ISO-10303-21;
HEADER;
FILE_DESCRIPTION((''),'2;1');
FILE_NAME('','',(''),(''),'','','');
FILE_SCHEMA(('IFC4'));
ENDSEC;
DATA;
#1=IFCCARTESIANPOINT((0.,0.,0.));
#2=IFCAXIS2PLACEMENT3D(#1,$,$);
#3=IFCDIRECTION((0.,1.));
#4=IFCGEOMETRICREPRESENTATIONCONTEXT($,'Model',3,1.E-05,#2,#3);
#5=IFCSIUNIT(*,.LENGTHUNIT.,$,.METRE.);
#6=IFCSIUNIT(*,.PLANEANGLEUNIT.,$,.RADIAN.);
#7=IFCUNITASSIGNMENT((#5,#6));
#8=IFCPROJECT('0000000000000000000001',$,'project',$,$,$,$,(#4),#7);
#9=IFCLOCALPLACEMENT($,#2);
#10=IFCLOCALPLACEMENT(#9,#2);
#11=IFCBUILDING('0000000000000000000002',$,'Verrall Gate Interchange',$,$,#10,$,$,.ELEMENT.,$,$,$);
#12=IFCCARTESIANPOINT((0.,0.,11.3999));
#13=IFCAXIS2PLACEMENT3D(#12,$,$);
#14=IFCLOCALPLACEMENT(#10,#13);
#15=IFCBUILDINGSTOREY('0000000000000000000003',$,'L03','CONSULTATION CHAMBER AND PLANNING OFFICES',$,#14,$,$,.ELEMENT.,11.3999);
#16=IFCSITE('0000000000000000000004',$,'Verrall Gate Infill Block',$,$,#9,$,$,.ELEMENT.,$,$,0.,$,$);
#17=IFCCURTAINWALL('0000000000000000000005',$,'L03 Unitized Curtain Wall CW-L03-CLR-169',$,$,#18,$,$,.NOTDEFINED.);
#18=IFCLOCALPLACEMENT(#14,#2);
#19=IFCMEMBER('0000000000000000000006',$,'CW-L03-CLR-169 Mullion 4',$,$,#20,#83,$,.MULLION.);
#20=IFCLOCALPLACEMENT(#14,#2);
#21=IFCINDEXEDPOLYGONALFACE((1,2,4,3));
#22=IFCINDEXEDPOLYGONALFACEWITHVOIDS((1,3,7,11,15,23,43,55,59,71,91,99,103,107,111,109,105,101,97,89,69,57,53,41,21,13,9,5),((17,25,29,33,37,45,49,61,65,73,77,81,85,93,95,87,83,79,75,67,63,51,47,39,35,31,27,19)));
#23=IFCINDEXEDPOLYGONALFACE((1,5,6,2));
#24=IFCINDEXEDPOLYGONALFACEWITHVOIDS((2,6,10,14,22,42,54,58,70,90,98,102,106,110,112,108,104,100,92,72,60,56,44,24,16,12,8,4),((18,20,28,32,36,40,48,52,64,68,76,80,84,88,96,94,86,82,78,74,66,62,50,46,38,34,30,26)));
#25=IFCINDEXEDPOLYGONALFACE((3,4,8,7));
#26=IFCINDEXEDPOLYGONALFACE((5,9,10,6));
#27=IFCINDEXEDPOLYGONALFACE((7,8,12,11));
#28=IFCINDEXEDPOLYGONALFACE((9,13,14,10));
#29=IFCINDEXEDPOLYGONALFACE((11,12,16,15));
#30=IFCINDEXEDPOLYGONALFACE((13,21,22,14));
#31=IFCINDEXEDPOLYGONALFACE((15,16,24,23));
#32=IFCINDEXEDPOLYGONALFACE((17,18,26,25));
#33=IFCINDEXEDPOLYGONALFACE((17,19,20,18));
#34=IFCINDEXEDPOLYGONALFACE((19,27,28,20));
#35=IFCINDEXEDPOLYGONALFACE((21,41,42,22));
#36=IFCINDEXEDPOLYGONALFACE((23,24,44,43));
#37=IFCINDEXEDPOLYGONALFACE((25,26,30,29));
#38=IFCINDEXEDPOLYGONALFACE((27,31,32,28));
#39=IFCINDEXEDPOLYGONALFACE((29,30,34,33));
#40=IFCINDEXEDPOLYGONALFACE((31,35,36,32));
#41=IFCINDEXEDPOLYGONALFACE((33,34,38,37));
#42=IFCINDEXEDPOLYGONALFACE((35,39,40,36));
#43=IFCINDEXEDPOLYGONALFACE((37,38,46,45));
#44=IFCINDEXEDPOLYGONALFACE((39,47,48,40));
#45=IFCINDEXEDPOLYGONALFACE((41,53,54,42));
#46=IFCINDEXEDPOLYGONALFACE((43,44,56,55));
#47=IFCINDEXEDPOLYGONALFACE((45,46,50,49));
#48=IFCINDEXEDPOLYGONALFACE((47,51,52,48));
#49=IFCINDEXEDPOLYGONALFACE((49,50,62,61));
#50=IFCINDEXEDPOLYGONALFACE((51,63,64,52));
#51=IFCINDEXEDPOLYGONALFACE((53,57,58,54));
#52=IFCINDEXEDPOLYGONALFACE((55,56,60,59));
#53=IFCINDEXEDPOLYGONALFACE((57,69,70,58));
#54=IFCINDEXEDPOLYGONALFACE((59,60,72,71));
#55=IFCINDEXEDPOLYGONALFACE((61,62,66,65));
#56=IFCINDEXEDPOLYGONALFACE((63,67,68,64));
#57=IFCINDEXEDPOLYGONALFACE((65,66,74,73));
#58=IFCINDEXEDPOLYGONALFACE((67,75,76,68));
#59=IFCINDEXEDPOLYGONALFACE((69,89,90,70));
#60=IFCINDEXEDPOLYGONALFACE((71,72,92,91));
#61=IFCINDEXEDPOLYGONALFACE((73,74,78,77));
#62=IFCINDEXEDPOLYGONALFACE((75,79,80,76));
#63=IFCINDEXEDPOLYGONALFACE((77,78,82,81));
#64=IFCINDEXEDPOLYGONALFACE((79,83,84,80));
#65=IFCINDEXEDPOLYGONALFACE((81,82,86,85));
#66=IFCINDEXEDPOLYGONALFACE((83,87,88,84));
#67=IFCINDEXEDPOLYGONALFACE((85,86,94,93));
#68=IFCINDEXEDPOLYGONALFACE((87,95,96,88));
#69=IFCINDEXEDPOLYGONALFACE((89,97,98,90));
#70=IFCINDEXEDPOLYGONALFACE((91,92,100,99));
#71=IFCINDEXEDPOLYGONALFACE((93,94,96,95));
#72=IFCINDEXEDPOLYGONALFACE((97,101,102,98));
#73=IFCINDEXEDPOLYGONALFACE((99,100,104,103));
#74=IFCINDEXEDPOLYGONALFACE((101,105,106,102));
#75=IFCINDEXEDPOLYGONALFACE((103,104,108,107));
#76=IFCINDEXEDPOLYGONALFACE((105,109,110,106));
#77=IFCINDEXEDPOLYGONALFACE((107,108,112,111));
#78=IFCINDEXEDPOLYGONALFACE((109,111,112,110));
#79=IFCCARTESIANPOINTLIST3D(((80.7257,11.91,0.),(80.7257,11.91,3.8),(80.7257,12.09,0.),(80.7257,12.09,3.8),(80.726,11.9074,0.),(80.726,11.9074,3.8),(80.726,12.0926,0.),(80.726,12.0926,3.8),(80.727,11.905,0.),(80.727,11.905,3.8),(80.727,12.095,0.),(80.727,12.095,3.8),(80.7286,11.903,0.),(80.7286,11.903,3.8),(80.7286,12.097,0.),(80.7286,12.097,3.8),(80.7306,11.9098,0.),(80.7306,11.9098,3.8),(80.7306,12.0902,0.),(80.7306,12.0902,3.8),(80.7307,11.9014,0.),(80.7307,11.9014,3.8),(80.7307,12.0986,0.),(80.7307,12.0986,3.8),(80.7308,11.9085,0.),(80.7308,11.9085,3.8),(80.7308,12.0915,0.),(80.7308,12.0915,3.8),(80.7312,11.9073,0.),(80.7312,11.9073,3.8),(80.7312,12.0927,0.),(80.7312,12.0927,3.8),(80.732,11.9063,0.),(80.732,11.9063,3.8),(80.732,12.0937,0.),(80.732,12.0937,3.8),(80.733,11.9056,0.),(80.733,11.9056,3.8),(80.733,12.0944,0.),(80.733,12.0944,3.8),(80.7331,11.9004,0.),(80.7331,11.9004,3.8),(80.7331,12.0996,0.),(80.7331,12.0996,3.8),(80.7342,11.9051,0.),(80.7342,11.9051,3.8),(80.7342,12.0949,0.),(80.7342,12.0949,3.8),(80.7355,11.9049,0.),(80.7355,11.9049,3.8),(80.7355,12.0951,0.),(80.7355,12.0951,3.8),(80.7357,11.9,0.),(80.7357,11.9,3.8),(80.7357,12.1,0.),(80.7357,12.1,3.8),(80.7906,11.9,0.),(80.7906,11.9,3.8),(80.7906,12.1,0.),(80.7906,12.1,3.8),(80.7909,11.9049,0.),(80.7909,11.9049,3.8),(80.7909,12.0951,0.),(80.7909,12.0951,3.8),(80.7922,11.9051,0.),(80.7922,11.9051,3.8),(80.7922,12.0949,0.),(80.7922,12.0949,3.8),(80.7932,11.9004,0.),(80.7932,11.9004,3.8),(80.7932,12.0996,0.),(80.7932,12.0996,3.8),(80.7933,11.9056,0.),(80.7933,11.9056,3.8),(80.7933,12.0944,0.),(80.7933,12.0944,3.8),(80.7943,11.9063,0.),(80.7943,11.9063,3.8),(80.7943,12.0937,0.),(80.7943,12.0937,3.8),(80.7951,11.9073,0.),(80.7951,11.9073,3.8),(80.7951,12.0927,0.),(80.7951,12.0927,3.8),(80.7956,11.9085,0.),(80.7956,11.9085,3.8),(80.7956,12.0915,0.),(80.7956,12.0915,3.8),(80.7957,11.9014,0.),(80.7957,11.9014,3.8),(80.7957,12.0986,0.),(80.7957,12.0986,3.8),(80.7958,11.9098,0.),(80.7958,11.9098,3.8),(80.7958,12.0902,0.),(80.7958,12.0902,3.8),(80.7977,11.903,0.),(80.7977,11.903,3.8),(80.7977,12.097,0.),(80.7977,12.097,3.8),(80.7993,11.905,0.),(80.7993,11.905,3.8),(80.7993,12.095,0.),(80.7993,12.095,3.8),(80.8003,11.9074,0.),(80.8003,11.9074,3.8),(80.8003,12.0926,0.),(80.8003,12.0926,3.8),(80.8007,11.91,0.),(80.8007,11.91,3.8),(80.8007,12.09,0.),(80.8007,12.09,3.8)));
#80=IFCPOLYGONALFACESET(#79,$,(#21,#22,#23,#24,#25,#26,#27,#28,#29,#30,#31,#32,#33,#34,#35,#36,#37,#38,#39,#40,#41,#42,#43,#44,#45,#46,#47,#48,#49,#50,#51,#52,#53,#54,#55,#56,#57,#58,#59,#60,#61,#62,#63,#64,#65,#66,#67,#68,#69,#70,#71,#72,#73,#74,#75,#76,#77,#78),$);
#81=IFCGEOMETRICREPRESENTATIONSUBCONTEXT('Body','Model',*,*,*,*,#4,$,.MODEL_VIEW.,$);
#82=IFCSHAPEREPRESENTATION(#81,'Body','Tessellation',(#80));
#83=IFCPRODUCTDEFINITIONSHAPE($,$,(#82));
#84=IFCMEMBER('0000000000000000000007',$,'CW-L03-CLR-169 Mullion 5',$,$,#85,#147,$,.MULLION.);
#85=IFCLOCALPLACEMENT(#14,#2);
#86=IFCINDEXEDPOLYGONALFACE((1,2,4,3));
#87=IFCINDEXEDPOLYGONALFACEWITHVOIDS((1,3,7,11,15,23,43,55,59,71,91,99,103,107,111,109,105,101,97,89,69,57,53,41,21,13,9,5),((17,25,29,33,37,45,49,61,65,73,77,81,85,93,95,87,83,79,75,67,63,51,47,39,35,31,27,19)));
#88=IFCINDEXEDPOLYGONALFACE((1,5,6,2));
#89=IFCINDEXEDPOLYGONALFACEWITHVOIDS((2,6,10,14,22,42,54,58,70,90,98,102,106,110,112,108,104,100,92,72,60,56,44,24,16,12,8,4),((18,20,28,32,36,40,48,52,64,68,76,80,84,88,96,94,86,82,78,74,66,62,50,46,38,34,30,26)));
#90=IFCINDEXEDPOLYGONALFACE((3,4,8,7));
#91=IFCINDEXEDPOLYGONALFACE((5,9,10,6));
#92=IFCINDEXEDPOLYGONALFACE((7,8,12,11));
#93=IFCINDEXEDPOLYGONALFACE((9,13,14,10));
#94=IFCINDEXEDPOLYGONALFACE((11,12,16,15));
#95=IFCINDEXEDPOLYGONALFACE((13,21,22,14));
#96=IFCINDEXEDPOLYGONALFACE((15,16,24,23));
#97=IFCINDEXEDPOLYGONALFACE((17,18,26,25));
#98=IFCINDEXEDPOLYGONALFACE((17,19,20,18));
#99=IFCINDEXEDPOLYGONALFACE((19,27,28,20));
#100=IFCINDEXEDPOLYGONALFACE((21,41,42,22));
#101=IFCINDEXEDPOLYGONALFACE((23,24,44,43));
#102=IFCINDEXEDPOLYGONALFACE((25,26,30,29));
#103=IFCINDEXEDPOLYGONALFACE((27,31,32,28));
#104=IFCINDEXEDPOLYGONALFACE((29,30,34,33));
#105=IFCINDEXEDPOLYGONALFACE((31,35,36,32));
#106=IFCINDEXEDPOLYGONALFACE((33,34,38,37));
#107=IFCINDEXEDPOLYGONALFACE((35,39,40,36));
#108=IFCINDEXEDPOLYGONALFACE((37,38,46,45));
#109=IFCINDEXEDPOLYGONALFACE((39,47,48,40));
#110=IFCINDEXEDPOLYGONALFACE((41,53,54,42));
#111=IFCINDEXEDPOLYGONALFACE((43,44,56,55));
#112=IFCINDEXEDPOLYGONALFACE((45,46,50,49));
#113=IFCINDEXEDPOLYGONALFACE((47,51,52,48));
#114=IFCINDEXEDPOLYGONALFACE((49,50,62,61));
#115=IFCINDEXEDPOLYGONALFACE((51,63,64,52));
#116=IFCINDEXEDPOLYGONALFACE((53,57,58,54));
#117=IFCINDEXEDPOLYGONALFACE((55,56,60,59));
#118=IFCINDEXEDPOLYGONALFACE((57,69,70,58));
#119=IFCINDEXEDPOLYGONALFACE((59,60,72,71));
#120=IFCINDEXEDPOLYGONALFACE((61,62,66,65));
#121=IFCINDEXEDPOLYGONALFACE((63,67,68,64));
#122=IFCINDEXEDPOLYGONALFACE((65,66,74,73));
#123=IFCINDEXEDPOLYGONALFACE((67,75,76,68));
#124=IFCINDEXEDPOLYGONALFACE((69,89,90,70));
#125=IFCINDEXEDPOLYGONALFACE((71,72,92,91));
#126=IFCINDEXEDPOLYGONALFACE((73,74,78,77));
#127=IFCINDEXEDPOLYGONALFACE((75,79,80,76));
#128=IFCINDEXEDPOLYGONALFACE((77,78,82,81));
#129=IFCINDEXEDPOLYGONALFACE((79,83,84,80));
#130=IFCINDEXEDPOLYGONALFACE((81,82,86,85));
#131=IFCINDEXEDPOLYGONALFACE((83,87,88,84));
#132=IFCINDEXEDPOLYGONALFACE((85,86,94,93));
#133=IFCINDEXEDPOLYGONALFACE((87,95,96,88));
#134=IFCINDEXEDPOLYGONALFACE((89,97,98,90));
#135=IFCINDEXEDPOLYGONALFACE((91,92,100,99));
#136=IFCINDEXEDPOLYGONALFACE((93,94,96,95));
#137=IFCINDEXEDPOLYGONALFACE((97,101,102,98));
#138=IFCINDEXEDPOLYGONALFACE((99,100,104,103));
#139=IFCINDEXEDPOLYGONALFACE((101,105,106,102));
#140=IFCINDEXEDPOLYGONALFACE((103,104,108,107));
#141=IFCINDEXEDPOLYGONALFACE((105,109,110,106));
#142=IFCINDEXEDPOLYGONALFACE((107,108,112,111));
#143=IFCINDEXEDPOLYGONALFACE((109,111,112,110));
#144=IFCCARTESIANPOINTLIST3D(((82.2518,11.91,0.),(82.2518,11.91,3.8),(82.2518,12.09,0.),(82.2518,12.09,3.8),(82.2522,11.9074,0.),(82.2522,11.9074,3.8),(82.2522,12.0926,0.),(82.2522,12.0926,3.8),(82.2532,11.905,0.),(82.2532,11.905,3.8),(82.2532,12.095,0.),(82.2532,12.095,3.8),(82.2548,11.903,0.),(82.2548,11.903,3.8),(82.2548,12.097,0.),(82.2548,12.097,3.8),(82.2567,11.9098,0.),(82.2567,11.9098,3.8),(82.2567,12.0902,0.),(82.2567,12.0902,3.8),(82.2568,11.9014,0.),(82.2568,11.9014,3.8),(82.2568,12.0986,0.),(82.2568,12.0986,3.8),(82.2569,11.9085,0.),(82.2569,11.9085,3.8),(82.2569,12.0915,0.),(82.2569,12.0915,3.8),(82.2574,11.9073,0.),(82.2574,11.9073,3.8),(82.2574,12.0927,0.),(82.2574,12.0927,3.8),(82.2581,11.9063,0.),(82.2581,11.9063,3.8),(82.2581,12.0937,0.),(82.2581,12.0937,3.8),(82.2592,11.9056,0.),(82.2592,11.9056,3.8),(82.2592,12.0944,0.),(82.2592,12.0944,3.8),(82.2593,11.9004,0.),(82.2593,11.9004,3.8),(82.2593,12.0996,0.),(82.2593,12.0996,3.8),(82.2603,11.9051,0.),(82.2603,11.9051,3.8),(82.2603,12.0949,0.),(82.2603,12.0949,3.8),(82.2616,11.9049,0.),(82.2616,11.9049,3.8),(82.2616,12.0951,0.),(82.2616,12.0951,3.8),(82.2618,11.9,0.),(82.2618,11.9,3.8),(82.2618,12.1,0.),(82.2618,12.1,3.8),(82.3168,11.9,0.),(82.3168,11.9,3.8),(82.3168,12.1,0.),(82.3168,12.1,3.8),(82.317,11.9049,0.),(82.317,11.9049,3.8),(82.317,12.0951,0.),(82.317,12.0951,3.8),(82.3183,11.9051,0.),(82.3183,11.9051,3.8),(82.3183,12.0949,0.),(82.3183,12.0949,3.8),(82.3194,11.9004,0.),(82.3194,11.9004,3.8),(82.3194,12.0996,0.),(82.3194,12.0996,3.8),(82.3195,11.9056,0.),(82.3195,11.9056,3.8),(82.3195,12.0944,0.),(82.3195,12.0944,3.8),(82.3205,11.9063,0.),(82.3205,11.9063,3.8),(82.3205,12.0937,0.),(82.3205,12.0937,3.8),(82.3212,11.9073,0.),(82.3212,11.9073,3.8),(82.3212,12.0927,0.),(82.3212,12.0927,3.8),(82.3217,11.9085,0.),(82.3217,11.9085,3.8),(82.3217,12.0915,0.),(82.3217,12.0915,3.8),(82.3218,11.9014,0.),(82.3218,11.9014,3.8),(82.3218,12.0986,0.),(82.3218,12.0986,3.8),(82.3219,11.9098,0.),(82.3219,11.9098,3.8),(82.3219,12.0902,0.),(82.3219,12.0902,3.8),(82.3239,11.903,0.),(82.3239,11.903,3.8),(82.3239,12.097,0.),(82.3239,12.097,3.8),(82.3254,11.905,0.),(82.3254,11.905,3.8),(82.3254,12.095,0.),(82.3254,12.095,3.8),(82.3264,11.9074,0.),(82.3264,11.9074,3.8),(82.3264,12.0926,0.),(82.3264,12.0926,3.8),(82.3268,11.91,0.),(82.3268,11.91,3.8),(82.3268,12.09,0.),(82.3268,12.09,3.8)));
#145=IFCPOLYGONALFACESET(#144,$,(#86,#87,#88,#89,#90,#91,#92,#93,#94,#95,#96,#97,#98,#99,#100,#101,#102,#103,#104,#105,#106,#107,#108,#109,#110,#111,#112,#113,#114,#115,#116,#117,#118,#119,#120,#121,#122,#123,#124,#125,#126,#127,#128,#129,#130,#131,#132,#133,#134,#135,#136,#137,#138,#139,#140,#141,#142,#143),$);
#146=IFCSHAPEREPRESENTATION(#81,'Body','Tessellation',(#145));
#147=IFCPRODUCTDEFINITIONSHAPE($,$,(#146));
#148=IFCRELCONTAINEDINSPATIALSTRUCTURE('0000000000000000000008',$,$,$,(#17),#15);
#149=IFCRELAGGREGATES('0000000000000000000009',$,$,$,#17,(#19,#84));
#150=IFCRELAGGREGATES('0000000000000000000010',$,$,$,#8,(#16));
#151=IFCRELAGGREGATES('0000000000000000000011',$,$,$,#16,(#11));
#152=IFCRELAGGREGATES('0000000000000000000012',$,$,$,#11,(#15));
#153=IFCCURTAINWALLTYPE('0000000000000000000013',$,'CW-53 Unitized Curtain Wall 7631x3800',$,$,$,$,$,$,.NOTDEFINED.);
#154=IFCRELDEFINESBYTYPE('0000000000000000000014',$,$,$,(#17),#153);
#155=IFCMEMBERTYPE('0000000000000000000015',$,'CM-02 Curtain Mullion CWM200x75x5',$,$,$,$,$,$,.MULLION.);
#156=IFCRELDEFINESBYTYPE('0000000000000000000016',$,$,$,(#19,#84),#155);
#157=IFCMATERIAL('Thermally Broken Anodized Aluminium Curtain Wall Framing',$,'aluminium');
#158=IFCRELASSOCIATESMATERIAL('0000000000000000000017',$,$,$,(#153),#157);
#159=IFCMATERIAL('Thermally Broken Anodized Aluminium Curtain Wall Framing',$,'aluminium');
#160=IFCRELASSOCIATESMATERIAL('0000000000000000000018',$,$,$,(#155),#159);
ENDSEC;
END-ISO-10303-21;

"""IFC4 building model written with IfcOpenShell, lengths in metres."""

from ifc_helpers import new_model, si_unit, direction, frame, origin, origin_2d, place, context, subcontext, project, spatial, hollow_rectangle, extrude, material, material_profile, profile_set, type_object, element, aggregate, save


model = new_model("IFC4")

# Units and contexts
model_context = context("Model", 3, precision=1e-05, world=origin(), true_north=direction((0.0, 1.0)))
body_context = subcontext(model_context, "Body", "Model", "MODEL_VIEW")
ifc_project = project(units=[si_unit("LENGTHUNIT", "METRE"), si_unit("PLANEANGLEUNIT", "RADIAN")], contexts=[model_context])

# Site, building, storey
site_placement = place(None, origin())
site = spatial("IfcSite", under=ifc_project, at=site_placement, Name="Verrall Gate Infill Block", CompositionType="ELEMENT", RefElevation=0.0)
building_placement = place(site_placement, origin())
building = spatial("IfcBuilding", under=site, at=building_placement, Name="Verrall Gate Interchange", CompositionType="ELEMENT")
storey_placement = place(building_placement, frame((0.0, 0.0, 11.3999)))
storey = spatial("IfcBuildingStorey", under=building, at=storey_placement, Name="L03", Description="CONSULTATION CHAMBER AND PLANNING OFFICES", CompositionType="ELEMENT", Elevation=11.3999)

# Curtain wall, members
ifc_material_1 = material(Name="Thermally Broken Anodized Aluminium Curtain Wall Framing", Category="aluminium")
curtain_wall_type = type_object("IfcCurtainWallType", Name="CW-53 Unitized Curtain Wall 7631x3800", PredefinedType="NOTDEFINED", material=ifc_material_1)
curtain_wall_placement = place(storey_placement, origin())
curtain_wall = element("IfcCurtainWall", 1, at=curtain_wall_placement, inside=storey, type_object=curtain_wall_type, Name="L03 Unitized Curtain Wall CW-L03-CLR-169", PredefinedType="NOTDEFINED")
ifc_material_2 = material(Name="Thermally Broken Anodized Aluminium Curtain Wall Framing", Category="aluminium")
ifc_material_profile_1 = material_profile(ifc_material_2, hollow_rectangle(XDim=0.075, YDim=0.2, WallThickness=0.0049, InnerFilletRadius=0.0049, OuterFilletRadius=0.01, at=origin_2d()), Name="CWM200x75x5")
ifc_profile_set_1 = profile_set([ifc_material_profile_1], Name="Thermally Broken Anodized Aluminium Curtain Wall Framing")
member_type_1 = type_object("IfcMemberType", Name="CM-02 Curtain Mullion CWM200x75x5", PredefinedType="MULLION", material=ifc_profile_set_1)
member_1_placement = place(storey_placement, frame((80.7632, 12.0, 0.0), z_axis=(0.0, 0.0, 1.0), x_axis=(1.0, 0.0, 0.0)))
member_1 = element("IfcMember", 2, at=member_1_placement, type_object=member_type_1, Name="CW-L03-CLR-169 Mullion 4", PredefinedType="MULLION", context=body_context, shape_type="SweptSolid", body=[
    extrude(hollow_rectangle(XDim=0.075, YDim=0.2, WallThickness=0.0049, InnerFilletRadius=0.0049, OuterFilletRadius=0.01, at=origin_2d()), origin(), (0.0, 0.0, 1.0), 3.8),
])
member_2_placement = place(storey_placement, frame((82.2893, 12.0, 0.0), z_axis=(0.0, 0.0, 1.0), x_axis=(1.0, 0.0, 0.0)))
member_2 = element("IfcMember", 3, at=member_2_placement, type_object=member_type_1, Name="CW-L03-CLR-169 Mullion 5", PredefinedType="MULLION", context=body_context, shape_type="SweptSolid", body=[
    extrude(hollow_rectangle(XDim=0.075, YDim=0.2, WallThickness=0.0049, InnerFilletRadius=0.0049, OuterFilletRadius=0.01, at=origin_2d()), origin(), (0.0, 0.0, 1.0), 3.8),
])

aggregate(curtain_wall, [member_1, member_2])

save(model, "model.ifc")
